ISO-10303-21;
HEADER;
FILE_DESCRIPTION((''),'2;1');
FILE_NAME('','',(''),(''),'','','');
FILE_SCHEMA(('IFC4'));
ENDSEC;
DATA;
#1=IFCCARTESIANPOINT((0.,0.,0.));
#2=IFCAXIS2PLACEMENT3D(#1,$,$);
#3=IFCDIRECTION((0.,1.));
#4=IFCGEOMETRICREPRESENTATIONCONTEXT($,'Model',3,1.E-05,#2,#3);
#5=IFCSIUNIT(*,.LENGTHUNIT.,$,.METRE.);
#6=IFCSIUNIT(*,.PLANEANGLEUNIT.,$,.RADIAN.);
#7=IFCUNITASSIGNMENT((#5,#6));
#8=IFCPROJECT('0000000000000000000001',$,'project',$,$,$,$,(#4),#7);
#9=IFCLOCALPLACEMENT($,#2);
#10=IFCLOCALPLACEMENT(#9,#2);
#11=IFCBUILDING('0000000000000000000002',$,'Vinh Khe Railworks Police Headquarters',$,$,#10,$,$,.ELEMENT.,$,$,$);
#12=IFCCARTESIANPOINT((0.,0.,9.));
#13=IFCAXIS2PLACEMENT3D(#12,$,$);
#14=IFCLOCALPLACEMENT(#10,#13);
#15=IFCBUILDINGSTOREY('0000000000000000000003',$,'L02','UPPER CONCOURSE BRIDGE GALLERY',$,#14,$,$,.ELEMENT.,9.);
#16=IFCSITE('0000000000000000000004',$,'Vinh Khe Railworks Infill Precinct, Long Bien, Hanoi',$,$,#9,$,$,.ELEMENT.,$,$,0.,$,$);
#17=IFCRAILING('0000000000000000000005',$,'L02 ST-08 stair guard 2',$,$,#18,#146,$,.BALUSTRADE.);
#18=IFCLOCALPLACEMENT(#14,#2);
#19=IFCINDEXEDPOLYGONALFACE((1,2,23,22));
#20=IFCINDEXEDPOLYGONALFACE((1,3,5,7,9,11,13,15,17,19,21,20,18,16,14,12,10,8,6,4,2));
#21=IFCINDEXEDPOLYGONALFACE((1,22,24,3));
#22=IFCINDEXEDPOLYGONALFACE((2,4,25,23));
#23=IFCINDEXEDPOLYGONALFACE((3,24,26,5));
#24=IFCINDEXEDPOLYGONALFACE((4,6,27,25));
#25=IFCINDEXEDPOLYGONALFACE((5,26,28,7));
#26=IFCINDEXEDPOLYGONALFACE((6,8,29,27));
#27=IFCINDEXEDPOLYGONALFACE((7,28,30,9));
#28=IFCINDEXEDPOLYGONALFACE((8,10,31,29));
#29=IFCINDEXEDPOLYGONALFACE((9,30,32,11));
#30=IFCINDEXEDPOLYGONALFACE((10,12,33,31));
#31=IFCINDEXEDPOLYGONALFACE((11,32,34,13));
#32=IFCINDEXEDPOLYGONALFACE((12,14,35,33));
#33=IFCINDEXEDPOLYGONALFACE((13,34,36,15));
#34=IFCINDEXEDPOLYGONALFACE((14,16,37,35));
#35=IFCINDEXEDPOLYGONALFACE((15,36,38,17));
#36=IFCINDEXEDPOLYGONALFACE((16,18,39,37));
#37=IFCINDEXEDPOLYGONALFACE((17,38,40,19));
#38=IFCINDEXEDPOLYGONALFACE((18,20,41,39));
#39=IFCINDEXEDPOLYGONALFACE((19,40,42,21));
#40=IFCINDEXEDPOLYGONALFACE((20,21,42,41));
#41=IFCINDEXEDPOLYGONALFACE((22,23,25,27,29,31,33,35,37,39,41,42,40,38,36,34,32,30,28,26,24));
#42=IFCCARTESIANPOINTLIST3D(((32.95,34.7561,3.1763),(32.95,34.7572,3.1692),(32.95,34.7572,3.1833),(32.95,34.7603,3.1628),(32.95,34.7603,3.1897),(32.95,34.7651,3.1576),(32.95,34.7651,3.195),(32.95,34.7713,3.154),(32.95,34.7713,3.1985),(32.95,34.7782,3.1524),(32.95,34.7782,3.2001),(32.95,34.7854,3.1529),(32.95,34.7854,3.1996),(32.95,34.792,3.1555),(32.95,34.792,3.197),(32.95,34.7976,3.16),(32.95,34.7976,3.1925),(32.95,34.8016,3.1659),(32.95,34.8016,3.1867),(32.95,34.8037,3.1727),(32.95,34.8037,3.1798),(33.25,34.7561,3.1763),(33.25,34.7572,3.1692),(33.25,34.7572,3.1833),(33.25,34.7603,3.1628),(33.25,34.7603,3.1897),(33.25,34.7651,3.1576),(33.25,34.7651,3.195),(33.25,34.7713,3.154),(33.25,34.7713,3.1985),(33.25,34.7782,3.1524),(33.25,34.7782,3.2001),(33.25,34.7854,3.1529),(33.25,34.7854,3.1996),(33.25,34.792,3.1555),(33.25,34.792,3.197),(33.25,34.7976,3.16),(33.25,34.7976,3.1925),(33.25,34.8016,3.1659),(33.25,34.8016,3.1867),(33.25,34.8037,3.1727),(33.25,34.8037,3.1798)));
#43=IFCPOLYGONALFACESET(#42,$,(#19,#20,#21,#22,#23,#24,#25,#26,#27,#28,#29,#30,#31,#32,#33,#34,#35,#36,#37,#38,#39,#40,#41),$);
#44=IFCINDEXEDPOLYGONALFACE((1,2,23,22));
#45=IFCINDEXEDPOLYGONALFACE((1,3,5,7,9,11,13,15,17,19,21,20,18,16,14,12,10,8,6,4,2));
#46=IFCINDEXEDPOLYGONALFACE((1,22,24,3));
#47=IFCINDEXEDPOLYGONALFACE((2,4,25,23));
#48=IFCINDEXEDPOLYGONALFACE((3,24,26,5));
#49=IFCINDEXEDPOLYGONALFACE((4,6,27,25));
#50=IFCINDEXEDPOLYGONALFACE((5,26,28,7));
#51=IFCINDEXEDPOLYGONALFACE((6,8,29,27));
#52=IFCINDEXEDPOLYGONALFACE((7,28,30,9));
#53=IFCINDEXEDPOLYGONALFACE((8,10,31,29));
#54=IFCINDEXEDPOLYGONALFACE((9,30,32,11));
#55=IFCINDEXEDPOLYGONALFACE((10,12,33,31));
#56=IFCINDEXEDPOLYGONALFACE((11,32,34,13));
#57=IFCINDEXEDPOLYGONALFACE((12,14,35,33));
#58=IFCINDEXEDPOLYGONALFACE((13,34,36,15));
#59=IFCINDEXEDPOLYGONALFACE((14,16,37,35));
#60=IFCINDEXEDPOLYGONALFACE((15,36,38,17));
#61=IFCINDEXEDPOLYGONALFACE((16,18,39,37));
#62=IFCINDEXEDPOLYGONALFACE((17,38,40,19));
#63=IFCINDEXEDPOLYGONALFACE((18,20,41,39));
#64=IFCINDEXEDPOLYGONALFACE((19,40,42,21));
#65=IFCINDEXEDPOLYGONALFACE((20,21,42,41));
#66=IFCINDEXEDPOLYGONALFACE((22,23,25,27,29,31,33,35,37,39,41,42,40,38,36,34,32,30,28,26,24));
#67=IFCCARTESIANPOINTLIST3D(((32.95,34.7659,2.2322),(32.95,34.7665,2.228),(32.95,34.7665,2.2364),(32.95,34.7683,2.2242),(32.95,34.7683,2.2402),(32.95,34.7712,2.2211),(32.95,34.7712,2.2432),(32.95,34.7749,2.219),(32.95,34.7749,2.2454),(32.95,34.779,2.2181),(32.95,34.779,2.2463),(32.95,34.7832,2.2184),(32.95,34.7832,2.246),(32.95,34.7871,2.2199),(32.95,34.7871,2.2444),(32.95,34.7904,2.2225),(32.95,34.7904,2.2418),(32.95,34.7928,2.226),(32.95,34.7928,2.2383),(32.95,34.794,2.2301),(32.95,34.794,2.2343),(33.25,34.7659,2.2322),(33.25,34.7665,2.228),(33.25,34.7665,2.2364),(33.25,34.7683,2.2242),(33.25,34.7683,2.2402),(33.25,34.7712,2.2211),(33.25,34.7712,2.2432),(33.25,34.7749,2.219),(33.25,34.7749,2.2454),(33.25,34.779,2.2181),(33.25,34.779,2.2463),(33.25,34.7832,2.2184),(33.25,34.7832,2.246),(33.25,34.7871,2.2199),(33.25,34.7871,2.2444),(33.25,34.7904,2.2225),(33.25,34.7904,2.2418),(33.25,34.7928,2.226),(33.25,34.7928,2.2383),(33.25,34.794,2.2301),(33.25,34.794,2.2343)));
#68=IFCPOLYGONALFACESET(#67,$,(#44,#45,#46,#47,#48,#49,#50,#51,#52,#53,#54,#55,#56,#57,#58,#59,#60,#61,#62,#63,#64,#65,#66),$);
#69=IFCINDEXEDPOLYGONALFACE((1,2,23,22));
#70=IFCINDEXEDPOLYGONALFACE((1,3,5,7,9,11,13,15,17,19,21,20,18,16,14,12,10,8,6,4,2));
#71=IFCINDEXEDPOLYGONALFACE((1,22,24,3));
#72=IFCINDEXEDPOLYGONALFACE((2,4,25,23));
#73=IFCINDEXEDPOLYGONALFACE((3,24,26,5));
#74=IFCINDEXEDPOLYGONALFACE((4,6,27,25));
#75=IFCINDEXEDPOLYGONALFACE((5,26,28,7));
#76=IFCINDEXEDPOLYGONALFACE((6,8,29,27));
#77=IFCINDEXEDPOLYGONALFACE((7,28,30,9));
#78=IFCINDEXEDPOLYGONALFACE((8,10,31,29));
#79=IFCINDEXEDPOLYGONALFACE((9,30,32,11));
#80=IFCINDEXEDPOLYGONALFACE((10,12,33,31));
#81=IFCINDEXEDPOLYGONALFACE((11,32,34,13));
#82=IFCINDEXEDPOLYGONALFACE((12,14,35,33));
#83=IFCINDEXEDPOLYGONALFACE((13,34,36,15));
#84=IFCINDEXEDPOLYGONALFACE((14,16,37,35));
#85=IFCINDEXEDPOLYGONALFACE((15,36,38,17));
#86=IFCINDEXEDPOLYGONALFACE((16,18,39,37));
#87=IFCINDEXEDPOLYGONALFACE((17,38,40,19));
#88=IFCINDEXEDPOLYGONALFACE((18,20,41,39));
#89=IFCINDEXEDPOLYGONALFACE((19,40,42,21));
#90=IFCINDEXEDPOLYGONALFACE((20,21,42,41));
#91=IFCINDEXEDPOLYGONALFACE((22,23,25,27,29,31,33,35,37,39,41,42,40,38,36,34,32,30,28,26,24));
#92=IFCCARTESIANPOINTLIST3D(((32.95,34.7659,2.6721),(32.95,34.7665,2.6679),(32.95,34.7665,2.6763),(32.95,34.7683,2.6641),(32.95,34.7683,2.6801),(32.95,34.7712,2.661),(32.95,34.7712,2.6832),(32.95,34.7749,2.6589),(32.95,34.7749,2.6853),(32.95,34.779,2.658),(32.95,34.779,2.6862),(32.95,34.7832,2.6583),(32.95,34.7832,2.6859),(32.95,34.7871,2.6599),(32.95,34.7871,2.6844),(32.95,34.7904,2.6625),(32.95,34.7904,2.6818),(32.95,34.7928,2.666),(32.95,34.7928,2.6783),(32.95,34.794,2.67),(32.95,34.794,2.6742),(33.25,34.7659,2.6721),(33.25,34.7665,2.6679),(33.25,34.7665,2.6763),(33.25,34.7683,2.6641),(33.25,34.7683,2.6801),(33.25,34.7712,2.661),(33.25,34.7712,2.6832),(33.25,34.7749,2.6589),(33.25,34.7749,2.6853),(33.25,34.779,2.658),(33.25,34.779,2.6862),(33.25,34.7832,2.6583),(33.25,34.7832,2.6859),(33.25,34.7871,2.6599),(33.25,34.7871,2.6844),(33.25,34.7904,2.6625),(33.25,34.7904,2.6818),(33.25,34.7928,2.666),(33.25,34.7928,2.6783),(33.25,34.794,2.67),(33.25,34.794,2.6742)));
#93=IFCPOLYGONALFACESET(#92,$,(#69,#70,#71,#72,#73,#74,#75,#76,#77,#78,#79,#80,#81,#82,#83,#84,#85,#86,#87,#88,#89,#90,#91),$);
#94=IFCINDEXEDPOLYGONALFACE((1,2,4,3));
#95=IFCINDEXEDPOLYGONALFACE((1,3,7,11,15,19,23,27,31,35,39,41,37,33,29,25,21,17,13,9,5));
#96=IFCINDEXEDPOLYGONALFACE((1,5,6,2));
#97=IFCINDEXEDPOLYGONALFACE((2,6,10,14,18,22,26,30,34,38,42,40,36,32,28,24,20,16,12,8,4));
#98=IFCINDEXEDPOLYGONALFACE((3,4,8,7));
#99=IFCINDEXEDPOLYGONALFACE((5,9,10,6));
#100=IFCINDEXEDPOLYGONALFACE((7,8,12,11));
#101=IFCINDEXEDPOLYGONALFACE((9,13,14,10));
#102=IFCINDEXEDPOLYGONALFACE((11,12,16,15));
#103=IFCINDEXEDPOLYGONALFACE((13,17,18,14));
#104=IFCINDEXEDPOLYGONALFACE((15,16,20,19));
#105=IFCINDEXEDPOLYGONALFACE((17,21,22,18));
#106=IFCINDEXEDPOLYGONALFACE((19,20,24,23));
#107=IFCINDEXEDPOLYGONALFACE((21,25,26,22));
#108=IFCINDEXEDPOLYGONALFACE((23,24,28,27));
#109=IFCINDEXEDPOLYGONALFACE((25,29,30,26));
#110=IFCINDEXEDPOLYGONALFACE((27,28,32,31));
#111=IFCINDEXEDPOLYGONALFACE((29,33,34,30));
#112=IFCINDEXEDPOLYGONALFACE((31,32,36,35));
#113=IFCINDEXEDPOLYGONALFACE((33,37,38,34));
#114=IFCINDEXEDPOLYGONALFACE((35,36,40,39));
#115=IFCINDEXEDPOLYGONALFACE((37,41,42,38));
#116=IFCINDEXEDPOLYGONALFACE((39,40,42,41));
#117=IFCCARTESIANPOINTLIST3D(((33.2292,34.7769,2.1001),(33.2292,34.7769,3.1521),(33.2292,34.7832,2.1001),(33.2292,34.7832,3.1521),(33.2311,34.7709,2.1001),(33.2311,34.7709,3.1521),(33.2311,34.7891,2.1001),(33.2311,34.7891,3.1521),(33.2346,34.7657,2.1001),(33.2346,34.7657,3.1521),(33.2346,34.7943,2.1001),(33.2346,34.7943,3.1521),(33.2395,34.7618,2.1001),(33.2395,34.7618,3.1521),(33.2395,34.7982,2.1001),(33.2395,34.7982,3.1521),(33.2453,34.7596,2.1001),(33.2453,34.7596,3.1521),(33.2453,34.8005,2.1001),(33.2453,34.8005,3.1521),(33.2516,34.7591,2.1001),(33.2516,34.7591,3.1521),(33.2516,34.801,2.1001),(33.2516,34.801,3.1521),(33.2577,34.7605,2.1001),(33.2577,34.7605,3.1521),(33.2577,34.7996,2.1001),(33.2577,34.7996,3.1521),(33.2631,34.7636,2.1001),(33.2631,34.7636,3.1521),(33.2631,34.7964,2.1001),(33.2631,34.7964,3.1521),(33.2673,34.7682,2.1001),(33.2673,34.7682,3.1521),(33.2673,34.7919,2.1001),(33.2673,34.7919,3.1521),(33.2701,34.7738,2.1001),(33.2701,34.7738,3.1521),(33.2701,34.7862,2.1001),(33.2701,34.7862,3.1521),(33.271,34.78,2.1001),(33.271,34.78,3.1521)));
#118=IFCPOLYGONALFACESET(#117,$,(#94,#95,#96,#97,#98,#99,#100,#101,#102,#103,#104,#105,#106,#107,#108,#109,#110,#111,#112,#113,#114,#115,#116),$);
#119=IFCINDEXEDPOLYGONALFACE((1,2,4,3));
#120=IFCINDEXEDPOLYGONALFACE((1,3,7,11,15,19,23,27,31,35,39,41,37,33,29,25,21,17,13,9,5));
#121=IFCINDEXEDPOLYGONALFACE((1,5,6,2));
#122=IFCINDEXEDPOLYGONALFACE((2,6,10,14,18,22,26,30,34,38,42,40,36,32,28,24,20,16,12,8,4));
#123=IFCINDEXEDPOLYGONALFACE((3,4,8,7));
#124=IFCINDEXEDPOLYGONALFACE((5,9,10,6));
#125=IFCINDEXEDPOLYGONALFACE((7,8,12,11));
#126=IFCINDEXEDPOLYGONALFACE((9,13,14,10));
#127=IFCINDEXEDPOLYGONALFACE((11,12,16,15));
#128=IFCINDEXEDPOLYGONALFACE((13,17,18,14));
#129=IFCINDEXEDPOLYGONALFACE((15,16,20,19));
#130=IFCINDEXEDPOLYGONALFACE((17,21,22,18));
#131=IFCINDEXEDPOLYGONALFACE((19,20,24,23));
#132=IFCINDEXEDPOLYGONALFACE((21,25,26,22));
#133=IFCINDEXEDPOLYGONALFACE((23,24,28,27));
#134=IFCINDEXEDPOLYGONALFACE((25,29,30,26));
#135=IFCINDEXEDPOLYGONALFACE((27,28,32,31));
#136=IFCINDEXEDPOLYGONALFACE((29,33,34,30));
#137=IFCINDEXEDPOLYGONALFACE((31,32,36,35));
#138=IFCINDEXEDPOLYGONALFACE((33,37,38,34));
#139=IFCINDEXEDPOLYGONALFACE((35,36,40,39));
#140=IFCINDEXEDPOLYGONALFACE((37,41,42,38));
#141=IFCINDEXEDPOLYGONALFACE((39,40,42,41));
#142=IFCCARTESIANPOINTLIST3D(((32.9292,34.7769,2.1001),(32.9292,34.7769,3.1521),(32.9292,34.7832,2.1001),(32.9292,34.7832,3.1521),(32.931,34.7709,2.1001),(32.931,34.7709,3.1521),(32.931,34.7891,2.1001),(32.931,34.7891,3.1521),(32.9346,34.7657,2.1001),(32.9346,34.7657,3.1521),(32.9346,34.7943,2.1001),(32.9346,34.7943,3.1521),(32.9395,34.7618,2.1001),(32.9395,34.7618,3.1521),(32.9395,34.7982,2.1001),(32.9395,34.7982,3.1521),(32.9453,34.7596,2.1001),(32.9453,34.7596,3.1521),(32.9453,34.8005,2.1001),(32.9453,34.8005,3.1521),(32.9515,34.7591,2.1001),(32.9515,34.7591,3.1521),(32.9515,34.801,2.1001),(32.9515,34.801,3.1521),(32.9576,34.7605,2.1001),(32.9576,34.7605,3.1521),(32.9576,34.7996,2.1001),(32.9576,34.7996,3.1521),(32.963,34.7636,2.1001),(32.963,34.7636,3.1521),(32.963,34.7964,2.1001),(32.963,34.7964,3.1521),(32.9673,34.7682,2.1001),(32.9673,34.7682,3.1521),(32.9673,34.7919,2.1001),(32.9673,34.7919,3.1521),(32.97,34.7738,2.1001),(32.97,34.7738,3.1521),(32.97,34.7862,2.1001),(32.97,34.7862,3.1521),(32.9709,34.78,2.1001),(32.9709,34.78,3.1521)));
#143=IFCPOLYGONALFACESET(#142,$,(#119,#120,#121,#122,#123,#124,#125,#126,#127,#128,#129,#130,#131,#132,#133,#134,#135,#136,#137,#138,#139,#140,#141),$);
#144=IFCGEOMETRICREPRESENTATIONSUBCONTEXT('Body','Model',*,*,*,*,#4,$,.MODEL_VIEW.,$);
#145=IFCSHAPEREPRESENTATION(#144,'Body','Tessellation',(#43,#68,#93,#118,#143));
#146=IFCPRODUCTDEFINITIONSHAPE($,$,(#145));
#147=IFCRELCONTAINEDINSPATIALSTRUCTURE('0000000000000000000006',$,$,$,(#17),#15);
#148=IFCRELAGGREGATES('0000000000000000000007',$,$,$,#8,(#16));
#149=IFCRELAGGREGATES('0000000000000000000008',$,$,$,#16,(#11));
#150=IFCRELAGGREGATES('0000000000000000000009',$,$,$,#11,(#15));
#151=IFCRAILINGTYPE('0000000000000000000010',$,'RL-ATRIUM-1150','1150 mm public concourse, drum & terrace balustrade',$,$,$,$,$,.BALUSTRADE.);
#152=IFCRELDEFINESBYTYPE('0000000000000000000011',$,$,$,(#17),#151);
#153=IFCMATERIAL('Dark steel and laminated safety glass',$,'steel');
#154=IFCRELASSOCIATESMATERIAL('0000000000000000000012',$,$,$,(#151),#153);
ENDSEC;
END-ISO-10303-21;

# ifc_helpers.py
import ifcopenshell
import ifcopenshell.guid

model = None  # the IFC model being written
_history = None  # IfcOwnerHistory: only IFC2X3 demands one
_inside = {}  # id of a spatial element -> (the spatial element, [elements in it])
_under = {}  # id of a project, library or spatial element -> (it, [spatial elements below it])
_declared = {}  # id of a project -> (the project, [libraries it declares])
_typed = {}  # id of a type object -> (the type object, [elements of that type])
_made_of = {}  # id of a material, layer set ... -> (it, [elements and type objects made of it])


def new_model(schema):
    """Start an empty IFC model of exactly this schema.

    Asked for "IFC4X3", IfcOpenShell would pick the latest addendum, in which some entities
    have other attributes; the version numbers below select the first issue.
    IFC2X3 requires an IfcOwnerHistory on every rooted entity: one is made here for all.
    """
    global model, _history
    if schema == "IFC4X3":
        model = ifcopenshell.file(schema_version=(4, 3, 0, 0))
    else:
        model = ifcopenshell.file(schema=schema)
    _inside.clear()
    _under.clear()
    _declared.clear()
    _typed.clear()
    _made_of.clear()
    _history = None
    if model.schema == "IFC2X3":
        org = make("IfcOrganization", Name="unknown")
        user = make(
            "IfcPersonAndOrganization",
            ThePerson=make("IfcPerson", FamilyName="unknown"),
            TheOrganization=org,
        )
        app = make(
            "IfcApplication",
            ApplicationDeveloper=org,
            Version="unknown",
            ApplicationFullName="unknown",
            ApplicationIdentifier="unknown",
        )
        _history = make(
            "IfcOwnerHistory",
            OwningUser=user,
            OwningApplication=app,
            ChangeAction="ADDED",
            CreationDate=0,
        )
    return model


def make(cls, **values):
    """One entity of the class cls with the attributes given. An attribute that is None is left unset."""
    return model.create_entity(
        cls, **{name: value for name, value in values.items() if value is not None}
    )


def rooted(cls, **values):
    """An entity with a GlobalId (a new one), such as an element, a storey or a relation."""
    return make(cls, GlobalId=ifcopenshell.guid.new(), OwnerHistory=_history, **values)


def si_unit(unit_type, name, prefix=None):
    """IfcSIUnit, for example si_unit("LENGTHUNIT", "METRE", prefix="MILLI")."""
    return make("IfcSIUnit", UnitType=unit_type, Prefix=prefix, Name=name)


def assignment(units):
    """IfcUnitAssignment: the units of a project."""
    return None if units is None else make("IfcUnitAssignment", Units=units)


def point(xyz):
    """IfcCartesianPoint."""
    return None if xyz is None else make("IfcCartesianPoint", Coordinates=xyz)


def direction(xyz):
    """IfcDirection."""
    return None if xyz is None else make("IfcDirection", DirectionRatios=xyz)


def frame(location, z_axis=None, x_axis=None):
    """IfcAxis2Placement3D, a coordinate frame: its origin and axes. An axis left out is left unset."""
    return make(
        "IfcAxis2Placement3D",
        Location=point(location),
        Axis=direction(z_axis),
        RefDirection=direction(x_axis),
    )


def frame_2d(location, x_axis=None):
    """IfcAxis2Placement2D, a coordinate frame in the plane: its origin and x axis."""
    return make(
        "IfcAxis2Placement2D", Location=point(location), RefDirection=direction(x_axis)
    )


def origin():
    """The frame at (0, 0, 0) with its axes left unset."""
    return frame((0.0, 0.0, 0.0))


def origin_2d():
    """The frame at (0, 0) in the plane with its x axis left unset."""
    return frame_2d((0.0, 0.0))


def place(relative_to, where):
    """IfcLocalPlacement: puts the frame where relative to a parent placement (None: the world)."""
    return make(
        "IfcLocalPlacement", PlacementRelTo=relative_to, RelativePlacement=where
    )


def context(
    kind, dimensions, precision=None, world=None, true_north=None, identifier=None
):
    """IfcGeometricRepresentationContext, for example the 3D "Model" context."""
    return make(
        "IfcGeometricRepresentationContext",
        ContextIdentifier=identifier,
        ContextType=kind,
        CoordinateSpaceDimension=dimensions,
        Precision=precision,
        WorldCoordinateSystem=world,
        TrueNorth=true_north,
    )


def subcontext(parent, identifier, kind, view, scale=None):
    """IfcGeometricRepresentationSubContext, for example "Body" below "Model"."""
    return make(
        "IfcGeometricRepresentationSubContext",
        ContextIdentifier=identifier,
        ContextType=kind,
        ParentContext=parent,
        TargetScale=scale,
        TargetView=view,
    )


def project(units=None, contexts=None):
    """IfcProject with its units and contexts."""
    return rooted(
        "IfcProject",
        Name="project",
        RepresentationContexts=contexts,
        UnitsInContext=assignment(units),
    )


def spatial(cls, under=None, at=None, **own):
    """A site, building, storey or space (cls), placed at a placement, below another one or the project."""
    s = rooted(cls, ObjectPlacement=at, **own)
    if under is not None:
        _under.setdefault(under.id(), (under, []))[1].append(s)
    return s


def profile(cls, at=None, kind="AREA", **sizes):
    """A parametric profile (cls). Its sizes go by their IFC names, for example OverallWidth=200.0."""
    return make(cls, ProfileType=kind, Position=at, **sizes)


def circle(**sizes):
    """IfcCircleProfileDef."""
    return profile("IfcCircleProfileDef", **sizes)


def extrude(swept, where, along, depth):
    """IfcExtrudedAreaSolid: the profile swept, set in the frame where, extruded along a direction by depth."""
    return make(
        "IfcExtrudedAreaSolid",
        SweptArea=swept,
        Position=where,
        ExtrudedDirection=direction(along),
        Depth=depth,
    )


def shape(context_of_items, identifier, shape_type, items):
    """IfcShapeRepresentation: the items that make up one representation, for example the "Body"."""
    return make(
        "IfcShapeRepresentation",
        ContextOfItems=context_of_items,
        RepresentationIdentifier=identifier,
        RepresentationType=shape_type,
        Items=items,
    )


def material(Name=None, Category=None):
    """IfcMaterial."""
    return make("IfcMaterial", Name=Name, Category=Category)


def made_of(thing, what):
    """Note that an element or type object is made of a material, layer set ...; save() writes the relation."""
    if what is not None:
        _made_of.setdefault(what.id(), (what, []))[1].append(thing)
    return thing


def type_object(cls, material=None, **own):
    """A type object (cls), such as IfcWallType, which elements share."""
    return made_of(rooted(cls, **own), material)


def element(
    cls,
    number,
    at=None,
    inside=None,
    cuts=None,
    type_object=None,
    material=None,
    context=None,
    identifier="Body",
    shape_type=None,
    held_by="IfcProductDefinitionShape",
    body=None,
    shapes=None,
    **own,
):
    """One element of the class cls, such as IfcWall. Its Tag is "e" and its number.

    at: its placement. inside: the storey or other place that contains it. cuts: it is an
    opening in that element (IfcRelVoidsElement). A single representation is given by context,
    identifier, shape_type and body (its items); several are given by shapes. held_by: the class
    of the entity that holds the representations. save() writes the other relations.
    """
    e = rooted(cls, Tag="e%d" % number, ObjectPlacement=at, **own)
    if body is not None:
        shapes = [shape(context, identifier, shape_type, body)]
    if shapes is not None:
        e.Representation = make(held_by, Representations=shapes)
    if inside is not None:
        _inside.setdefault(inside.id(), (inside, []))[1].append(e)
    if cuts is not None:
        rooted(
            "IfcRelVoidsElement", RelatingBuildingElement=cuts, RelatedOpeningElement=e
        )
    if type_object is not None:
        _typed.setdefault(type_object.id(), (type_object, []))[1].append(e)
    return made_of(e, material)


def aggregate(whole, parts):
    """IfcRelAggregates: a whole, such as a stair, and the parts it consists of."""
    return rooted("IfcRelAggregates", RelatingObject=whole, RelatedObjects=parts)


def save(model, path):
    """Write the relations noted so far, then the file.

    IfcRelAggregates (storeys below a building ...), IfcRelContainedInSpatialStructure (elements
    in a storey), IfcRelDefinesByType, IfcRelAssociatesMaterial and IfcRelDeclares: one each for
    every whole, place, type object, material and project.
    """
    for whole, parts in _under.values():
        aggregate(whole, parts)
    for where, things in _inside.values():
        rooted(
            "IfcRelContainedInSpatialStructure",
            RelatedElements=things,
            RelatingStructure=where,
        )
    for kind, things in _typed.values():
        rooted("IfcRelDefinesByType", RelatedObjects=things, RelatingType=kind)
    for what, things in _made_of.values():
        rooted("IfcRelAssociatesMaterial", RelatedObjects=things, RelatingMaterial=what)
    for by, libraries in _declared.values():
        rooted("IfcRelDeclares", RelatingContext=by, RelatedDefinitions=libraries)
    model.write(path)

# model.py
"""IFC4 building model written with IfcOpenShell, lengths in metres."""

from ifc_helpers import new_model, si_unit, direction, frame, origin, origin_2d, place, context, subcontext, project, spatial, circle, extrude, material, type_object, element, save


model = new_model("IFC4")

# Units and contexts
model_context = context("Model", 3, precision=1e-05, world=origin(), true_north=direction((0.0, 1.0)))
body_context = subcontext(model_context, "Body", "Model", "MODEL_VIEW")
ifc_project = project(units=[si_unit("LENGTHUNIT", "METRE"), si_unit("PLANEANGLEUNIT", "RADIAN")], contexts=[model_context])

# Site, building, storey
site_placement = place(None, origin())
site = spatial("IfcSite", under=ifc_project, at=site_placement, Name="Vinh Khe Railworks Infill Precinct, Long Bien, Hanoi", CompositionType="ELEMENT", RefElevation=0.0)
building_placement = place(site_placement, origin())
building = spatial("IfcBuilding", under=site, at=building_placement, Name="Vinh Khe Railworks Police Headquarters", CompositionType="ELEMENT")
storey_placement = place(building_placement, frame((0.0, 0.0, 9.0)))
storey = spatial("IfcBuildingStorey", under=building, at=storey_placement, Name="L02", Description="UPPER CONCOURSE BRIDGE GALLERY", CompositionType="ELEMENT", Elevation=9.0)

# Railing
ifc_material_1 = material(Name="Dark steel and laminated safety glass", Category="steel")
railing_type_1 = type_object("IfcRailingType", Name="RL-ATRIUM-1150", Description="1150 mm public concourse, drum & terrace balustrade", PredefinedType="BALUSTRADE", material=ifc_material_1)
railing_1_placement = place(storey_placement, frame((33.25, 34.78, 2.1001)))
element("IfcRailing", 1, at=railing_1_placement, inside=storey, type_object=railing_type_1, Name="L02 ST-08 stair guard 2", PredefinedType="BALUSTRADE", context=body_context, shape_type="SweptSolid", body=[
    extrude(circle(Radius=0.0239, at=origin_2d()), frame((0.0, 0.0, 1.0762), z_axis=(-1.0, 0.0, 0.0), x_axis=(0.0, -1.0, 0.0)), (0.0, 0.0, 1.0), 0.3),
    extrude(circle(Radius=0.0142, at=origin_2d()), frame((0.0, 0.0, 0.1321), z_axis=(-1.0, 0.0, 0.0), x_axis=(0.0, -1.0, 0.0)), (0.0, 0.0, 1.0), 0.3),
    extrude(circle(Radius=0.0142, at=origin_2d()), frame((0.0, 0.0, 0.572), z_axis=(-1.0, 0.0, 0.0), x_axis=(0.0, -1.0, 0.0)), (0.0, 0.0, 1.0), 0.3),
    extrude(circle(Radius=0.021, at=origin_2d()), origin(), (0.0, 0.0, 1.0), 1.052),
    extrude(circle(Radius=0.021, at=origin_2d()), frame((-0.3, 0.0, 0.0)), (0.0, 0.0, 1.0), 1.052),
])

save(model, "model.ifc")
